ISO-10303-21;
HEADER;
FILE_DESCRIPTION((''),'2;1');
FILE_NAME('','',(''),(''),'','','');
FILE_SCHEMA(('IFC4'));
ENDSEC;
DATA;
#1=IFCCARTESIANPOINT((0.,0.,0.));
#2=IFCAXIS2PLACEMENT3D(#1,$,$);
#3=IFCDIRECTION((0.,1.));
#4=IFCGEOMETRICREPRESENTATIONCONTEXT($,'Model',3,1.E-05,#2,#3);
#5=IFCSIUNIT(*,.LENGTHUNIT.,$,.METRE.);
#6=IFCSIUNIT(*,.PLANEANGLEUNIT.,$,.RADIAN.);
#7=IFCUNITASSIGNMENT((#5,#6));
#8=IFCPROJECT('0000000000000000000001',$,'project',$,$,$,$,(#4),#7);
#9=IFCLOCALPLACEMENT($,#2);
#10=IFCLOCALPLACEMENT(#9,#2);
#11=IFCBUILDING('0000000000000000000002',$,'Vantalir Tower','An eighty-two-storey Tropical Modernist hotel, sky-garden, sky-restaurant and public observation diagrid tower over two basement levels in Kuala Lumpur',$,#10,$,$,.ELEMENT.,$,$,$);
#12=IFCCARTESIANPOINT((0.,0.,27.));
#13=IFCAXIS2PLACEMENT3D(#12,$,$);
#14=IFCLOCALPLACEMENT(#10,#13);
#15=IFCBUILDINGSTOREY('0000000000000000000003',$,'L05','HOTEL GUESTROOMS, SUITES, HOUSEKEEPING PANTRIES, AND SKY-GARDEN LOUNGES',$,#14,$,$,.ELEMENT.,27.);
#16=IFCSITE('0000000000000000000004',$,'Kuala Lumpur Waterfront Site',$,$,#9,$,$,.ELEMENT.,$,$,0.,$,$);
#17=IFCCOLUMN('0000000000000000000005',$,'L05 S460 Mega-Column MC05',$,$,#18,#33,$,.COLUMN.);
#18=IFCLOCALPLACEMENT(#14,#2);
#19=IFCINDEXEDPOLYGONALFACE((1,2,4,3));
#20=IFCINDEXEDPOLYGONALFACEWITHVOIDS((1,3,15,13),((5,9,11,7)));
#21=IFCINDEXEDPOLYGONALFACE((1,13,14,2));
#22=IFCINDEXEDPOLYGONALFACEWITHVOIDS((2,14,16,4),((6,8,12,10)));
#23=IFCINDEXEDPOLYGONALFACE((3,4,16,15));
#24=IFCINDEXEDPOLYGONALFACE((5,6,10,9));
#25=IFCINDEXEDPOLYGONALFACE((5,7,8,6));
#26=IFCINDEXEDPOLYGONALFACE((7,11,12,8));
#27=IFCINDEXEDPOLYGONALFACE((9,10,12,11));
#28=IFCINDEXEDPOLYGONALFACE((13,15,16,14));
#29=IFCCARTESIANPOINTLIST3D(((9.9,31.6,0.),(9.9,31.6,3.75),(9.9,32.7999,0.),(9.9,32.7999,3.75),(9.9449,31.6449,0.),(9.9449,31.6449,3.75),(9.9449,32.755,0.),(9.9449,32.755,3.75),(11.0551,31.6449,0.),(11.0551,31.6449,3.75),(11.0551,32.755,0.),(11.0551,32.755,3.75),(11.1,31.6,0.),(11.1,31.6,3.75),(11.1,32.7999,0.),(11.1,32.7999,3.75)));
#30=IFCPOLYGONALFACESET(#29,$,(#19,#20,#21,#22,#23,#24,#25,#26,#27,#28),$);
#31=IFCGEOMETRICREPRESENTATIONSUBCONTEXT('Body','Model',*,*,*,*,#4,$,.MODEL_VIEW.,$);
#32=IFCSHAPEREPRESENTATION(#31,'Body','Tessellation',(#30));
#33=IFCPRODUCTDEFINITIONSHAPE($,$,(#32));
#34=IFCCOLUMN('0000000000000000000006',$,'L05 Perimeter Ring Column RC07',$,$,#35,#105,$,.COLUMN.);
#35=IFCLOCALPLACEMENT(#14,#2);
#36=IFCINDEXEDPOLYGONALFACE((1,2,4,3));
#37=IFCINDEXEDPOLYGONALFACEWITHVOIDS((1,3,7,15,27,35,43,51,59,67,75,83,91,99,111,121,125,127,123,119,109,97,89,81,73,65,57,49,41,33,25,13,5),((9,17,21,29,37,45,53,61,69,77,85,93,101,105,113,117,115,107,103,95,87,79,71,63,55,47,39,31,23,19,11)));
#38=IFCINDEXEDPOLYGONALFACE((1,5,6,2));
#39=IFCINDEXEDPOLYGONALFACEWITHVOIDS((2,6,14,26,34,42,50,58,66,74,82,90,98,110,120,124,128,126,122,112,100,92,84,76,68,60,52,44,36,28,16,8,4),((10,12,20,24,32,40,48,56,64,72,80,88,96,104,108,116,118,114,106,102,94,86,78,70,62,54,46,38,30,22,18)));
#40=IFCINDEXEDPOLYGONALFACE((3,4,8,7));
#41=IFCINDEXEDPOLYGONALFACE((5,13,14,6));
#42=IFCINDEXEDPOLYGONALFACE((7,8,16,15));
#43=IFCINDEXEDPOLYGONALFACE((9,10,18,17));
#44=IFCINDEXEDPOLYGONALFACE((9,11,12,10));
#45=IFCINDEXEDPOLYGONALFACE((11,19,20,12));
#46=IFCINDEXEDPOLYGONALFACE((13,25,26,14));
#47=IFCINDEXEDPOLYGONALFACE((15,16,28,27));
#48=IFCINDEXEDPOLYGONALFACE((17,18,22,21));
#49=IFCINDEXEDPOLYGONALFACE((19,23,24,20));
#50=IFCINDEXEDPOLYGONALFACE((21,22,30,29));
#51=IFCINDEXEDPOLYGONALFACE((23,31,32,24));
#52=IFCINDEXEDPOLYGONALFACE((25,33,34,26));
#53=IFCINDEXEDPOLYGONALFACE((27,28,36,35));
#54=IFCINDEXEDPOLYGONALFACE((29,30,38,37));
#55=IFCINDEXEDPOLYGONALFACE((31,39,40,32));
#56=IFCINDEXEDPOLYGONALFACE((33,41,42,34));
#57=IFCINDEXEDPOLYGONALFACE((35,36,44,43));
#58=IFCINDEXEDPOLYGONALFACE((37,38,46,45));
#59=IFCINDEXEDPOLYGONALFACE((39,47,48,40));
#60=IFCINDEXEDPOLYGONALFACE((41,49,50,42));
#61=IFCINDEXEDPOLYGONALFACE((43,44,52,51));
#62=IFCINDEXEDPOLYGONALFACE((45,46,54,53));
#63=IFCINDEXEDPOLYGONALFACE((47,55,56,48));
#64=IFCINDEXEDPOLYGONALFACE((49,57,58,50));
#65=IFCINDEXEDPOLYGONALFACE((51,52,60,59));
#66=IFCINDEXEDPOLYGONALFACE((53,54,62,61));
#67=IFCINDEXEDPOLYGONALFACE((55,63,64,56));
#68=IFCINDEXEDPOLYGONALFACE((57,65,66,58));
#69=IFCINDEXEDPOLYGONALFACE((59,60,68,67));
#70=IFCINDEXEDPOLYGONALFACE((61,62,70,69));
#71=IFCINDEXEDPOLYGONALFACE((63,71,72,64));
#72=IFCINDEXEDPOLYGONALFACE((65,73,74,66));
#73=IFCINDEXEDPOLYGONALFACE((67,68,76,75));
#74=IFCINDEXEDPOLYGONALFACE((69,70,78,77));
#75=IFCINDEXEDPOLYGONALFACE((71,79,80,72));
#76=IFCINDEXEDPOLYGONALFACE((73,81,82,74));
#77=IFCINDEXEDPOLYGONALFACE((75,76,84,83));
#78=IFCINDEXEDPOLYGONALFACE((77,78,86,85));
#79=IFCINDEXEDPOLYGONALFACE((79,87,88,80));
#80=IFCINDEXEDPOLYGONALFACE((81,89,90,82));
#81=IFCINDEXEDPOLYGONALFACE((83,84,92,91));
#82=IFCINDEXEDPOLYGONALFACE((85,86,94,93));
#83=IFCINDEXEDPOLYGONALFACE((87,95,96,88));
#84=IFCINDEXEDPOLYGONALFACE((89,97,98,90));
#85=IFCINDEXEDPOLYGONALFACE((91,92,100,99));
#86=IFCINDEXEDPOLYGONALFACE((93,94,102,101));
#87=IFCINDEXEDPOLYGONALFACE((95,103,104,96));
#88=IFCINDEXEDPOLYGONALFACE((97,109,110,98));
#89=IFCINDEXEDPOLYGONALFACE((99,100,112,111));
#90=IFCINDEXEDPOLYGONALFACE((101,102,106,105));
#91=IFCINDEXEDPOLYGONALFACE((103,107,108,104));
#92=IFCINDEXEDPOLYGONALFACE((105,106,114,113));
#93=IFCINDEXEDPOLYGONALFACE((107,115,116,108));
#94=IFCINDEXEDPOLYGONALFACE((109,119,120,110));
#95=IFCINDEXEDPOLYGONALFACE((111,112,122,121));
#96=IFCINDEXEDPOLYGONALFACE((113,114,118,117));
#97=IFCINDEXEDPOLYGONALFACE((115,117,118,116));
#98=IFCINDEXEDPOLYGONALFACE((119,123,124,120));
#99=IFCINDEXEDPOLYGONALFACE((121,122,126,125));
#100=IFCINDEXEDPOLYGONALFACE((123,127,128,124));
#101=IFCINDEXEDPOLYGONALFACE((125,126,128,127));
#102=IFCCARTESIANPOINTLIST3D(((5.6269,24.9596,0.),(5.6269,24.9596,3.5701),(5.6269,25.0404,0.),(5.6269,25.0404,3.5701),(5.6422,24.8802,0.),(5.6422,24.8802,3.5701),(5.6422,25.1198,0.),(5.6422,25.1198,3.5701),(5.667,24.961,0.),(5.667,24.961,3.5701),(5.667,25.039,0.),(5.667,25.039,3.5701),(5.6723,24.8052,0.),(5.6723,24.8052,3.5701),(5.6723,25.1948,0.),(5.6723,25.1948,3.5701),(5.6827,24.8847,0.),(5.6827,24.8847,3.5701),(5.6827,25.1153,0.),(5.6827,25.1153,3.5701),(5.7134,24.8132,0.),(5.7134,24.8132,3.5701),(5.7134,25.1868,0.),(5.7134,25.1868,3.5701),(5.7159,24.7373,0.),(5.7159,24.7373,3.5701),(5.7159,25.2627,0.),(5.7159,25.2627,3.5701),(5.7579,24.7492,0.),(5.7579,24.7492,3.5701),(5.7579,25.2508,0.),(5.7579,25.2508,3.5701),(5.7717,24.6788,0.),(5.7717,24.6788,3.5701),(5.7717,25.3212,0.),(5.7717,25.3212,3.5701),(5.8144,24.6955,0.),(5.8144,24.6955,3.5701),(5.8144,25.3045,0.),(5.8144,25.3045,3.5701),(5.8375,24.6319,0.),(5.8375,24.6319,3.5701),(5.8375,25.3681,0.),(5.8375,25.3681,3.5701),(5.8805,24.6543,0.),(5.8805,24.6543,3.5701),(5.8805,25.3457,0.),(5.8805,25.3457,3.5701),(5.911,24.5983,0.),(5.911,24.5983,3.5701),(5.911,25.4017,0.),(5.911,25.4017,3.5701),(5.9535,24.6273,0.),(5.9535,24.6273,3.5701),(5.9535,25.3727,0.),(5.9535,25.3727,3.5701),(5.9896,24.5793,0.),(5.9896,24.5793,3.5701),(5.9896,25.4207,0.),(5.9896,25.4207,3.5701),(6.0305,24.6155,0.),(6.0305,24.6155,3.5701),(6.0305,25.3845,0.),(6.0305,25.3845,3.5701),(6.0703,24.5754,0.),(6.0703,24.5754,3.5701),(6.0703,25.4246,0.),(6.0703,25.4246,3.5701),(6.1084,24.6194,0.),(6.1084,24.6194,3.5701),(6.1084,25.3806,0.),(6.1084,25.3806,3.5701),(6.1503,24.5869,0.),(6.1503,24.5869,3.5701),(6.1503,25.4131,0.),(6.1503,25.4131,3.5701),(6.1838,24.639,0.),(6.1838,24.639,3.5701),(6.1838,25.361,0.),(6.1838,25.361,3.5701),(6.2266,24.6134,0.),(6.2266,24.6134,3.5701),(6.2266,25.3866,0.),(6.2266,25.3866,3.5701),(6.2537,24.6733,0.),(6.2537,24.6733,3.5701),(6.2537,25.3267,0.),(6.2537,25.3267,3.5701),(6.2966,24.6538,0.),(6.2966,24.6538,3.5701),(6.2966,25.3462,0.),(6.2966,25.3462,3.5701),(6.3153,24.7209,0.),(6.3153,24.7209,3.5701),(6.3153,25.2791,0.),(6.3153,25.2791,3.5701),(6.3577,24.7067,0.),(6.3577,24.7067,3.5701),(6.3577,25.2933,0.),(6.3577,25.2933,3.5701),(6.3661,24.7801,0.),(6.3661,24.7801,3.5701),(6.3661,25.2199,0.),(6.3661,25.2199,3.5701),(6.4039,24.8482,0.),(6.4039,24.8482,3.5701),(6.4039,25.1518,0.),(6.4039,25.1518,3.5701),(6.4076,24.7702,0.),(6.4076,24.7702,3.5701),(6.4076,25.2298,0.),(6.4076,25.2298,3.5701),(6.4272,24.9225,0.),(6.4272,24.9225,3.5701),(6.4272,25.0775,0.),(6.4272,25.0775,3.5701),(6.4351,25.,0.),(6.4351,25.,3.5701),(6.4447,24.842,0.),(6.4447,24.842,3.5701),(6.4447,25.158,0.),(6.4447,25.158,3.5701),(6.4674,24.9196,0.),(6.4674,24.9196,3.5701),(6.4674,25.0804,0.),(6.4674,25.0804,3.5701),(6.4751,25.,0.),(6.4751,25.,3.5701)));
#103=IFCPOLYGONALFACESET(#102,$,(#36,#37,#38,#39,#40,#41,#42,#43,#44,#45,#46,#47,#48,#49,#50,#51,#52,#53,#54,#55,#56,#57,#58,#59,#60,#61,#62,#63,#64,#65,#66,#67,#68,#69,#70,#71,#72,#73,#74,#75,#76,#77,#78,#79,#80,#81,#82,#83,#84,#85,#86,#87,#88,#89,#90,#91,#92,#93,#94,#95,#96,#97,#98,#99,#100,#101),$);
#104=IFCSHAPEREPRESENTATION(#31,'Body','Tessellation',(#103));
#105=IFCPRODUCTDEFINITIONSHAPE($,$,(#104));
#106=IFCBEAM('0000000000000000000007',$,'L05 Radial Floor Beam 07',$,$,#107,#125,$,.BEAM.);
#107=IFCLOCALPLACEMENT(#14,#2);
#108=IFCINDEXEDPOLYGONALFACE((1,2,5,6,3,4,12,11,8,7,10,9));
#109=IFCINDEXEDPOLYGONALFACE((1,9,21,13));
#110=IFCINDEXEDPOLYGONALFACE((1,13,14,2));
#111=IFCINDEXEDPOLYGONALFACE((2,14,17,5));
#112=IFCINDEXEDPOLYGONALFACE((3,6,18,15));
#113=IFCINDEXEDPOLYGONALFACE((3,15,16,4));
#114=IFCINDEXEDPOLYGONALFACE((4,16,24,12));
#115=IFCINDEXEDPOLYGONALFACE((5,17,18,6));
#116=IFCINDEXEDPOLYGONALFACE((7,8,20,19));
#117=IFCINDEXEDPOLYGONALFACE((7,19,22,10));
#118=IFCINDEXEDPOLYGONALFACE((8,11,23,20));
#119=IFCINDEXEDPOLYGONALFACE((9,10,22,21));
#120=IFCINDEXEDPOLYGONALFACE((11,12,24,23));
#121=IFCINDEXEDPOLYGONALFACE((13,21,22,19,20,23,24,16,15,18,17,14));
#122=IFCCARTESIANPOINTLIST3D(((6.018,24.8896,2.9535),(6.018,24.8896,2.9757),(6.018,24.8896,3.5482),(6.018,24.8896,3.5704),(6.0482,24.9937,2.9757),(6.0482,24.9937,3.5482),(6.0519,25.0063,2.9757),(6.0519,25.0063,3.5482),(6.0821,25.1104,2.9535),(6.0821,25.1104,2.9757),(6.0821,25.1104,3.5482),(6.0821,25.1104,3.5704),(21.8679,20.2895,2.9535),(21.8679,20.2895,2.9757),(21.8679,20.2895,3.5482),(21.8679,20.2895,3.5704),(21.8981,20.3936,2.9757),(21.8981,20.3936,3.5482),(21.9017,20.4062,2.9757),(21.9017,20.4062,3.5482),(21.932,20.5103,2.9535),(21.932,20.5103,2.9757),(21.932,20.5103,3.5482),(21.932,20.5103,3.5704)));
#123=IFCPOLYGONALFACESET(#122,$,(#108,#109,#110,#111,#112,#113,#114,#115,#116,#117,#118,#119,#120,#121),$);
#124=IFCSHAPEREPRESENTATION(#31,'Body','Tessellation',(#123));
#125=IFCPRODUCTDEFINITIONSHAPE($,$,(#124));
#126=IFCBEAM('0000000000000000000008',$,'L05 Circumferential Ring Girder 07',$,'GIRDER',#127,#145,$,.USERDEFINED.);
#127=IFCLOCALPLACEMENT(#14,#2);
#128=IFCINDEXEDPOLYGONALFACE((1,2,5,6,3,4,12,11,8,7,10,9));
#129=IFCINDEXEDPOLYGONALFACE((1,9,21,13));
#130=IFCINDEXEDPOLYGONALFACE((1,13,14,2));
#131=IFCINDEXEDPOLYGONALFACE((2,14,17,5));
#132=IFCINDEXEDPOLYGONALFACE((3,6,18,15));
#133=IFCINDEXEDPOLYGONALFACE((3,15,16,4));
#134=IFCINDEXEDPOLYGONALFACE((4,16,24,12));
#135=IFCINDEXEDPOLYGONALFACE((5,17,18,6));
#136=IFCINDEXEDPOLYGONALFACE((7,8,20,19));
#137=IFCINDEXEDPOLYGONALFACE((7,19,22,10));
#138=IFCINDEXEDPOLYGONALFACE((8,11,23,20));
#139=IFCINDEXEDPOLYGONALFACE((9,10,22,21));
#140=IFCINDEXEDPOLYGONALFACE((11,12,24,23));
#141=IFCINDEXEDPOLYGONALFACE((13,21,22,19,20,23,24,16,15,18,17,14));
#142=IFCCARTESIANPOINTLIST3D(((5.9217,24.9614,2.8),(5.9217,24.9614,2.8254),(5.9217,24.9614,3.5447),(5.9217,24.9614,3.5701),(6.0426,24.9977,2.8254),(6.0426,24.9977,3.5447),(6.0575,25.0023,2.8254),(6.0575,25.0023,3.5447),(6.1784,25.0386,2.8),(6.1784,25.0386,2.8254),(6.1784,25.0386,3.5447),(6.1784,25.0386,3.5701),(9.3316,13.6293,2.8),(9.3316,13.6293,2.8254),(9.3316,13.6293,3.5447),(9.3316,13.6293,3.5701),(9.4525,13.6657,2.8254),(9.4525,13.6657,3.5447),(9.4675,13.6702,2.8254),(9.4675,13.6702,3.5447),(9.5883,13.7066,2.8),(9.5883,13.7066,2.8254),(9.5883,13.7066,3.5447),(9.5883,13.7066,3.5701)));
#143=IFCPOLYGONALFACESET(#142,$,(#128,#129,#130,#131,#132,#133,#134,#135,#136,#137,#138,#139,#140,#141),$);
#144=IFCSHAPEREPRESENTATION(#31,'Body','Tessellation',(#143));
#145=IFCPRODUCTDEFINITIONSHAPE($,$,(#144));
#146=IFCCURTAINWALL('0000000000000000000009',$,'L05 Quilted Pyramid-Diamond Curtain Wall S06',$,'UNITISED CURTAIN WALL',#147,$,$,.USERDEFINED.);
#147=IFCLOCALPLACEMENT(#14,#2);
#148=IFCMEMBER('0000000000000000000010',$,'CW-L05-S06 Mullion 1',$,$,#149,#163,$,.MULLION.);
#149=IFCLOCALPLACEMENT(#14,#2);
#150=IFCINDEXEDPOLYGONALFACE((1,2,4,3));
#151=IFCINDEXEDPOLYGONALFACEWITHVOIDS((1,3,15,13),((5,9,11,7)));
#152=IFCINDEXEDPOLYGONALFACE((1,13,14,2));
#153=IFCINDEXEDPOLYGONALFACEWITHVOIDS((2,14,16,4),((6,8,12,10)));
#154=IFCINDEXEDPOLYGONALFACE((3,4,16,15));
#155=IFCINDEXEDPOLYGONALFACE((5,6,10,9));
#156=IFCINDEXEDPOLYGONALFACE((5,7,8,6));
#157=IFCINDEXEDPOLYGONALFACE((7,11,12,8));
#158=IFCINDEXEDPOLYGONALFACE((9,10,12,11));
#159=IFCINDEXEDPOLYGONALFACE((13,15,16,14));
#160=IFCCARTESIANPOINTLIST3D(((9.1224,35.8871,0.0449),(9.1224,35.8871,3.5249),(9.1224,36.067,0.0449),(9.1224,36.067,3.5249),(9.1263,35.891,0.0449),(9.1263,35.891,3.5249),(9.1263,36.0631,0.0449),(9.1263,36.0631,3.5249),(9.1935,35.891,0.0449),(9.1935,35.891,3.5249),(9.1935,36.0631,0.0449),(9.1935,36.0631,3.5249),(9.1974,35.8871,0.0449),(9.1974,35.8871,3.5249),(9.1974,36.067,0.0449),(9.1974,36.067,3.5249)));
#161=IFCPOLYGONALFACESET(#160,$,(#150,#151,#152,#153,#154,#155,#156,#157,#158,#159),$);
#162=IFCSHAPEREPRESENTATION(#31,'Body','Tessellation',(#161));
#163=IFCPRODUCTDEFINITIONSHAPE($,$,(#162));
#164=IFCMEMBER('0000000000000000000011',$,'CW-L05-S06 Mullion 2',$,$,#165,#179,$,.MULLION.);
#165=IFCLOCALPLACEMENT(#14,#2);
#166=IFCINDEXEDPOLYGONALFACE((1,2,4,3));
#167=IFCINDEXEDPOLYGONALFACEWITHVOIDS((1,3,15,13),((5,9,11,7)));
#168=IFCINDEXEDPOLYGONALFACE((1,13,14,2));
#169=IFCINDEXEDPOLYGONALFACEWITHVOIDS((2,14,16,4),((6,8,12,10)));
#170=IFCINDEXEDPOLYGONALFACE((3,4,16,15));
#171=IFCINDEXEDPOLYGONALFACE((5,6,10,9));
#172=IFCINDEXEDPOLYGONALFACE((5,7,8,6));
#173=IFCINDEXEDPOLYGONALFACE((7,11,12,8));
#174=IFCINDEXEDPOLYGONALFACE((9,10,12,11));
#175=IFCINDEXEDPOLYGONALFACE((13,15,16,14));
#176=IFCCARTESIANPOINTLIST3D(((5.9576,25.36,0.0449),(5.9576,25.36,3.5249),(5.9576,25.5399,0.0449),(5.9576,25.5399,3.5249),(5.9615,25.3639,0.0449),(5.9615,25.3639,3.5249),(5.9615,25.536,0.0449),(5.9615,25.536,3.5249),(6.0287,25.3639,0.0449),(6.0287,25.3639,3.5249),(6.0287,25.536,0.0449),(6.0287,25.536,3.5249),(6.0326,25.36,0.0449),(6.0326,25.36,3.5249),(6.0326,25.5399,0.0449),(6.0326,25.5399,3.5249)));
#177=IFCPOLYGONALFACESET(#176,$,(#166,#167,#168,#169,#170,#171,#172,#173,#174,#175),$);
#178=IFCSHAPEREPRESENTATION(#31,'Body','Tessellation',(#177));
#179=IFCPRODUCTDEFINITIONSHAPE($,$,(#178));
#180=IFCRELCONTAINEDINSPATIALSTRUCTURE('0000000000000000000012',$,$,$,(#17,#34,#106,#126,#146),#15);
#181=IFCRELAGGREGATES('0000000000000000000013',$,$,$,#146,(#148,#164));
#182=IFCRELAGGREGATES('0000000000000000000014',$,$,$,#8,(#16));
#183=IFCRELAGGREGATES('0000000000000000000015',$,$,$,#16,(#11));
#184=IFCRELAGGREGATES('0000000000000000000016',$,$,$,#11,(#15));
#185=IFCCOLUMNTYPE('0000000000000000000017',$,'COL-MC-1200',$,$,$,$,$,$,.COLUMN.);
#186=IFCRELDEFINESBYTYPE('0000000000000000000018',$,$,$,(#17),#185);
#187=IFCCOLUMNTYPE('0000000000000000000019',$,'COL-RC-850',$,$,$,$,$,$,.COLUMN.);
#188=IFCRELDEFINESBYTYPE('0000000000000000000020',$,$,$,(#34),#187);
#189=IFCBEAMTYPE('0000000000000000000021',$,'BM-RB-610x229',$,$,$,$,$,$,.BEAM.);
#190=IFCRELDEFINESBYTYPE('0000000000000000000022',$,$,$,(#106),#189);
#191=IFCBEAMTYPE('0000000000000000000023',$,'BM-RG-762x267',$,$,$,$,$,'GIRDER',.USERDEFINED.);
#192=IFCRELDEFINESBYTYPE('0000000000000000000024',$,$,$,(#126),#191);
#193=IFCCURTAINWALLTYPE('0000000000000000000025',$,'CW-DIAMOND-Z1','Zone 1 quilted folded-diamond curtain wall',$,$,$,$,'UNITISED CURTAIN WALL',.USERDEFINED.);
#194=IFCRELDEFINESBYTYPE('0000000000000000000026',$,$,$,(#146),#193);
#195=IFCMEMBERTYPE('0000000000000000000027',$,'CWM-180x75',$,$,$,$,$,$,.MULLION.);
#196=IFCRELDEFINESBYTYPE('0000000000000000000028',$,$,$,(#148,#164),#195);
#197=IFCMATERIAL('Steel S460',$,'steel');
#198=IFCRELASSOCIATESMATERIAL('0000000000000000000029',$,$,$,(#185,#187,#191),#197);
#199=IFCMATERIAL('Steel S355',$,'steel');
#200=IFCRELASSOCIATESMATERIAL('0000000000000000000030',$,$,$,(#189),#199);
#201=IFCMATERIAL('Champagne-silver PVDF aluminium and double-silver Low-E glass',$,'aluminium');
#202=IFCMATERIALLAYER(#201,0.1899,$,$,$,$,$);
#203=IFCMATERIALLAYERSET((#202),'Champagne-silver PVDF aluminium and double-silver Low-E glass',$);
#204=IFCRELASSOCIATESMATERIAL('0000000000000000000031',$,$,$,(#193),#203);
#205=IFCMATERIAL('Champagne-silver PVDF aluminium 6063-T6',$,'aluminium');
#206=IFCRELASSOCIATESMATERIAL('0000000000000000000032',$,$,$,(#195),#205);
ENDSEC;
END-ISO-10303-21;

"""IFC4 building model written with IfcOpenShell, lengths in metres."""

from ifc_helpers import new_model, si_unit, direction, frame, origin, origin_2d, place, context, subcontext, project, spatial, hollow_rectangle, hollow_circle, i_section, extrude, material, layer, layer_set, material_profile, profile_set, type_object, element, aggregate, save


model = new_model("IFC4")

# Units and contexts
model_context = context("Model", 3, precision=1e-05, world=origin(), true_north=direction((0.0, 1.0)))
body_context = subcontext(model_context, "Body", "Model", "MODEL_VIEW")
ifc_project = project(units=[si_unit("LENGTHUNIT", "METRE"), si_unit("PLANEANGLEUNIT", "RADIAN")], contexts=[model_context])

# Site, building, storey
site_placement = place(None, origin())
site = spatial("IfcSite", under=ifc_project, at=site_placement, Name="Kuala Lumpur Waterfront Site", CompositionType="ELEMENT", RefElevation=0.0)
building_placement = place(site_placement, origin())
building = spatial("IfcBuilding", under=site, at=building_placement, Name="Vantalir Tower", Description="An eighty-two-storey Tropical Modernist hotel, sky-garden, sky-restaurant and public observation diagrid tower over two basement levels in Kuala Lumpur", CompositionType="ELEMENT")
storey_placement = place(building_placement, frame((0.0, 0.0, 27.0)))
storey = spatial("IfcBuildingStorey", under=building, at=storey_placement, Name="L05", Description="HOTEL GUESTROOMS, SUITES, HOUSEKEEPING PANTRIES, AND SKY-GARDEN LOUNGES", CompositionType="ELEMENT", Elevation=27.0)

# Columns
ifc_material_1 = material(Name="Steel S460", Category="steel")
ifc_material_profile_1 = material_profile(ifc_material_1, hollow_rectangle(XDim=1.2, YDim=1.2, WallThickness=0.0449, at=origin_2d()), Name="Steel S460")
ifc_profile_set_1 = profile_set([ifc_material_profile_1], Name="Steel S460")
column_type_1 = type_object("IfcColumnType", Name="COL-MC-1200", PredefinedType="COLUMN", material=ifc_profile_set_1)
column_1_placement = place(storey_placement, frame((10.5, 32.2, 0.0), z_axis=(0.0, 0.0, 1.0), x_axis=(1.0, 0.0, 0.0)))
element("IfcColumn", 1, at=column_1_placement, inside=storey, type_object=column_type_1, Name="L05 S460 Mega-Column MC05", PredefinedType="COLUMN", context=body_context, shape_type="SweptSolid", body=[
    extrude(hollow_rectangle(XDim=1.2, YDim=1.2, WallThickness=0.0449, at=origin_2d()), origin(), (0.0, 0.0, 1.0), 3.75),
])
ifc_material_profile_2 = material_profile(ifc_material_1, hollow_circle(Radius=0.425, WallThickness=0.04, at=origin_2d()), Name="Steel S460")
ifc_profile_set_2 = profile_set([ifc_material_profile_2], Name="Steel S460")
column_type_2 = type_object("IfcColumnType", Name="COL-RC-850", PredefinedType="COLUMN", material=ifc_profile_set_2)
column_2_placement = place(storey_placement, frame((6.05, 25.0, 0.0), z_axis=(0.0, 0.0, 1.0), x_axis=(1.0, 0.0, 0.0)))
element("IfcColumn", 2, at=column_2_placement, inside=storey, type_object=column_type_2, Name="L05 Perimeter Ring Column RC07", PredefinedType="COLUMN", context=body_context, shape_type="SweptSolid", body=[
    extrude(hollow_circle(Radius=0.425, WallThickness=0.04, at=origin_2d()), origin(), (0.0, 0.0, 1.0), 3.5701),
])

# Beams
ifc_material_2 = material(Name="Steel S355", Category="steel")
ifc_material_profile_3 = material_profile(ifc_material_2, i_section(OverallWidth=0.23, OverallDepth=0.6169, WebThickness=0.0132, FlangeThickness=0.0222, at=origin_2d()), Name="Steel S355")
ifc_profile_set_3 = profile_set([ifc_material_profile_3], Name="Steel S355")
beam_type_1 = type_object("IfcBeamType", Name="BM-RB-610x229", PredefinedType="BEAM", material=ifc_profile_set_3)
beam_1_placement = place(storey_placement, frame((6.05, 25.0, 3.262), z_axis=(0.96037, -0.278728, 0.0), x_axis=(0.278728, 0.96037, 0.0)))
element("IfcBeam", 3, at=beam_1_placement, inside=storey, type_object=beam_type_1, Name="L05 Radial Floor Beam 07", PredefinedType="BEAM", context=body_context, shape_type="SweptSolid", body=[
    extrude(i_section(OverallWidth=0.23, OverallDepth=0.6169, WebThickness=0.0132, FlangeThickness=0.0222, at=origin_2d()), origin(), (0.0, 0.0, 1.0), 16.5039),
])
ifc_material_profile_4 = material_profile(ifc_material_1, i_section(OverallWidth=0.2681, OverallDepth=0.77, WebThickness=0.0156, FlangeThickness=0.0254, at=origin_2d()), Name="Steel S460")
ifc_profile_set_4 = profile_set([ifc_material_profile_4], Name="Steel S460")
beam_type_2 = type_object("IfcBeamType", Name="BM-RG-762x267", ElementType="GIRDER", PredefinedType="USERDEFINED", material=ifc_profile_set_4)
beam_2_placement = place(storey_placement, frame((6.05, 25.0, 3.1851), z_axis=(0.288147, -0.957586, 0.0), x_axis=(0.957586, 0.288147, 0.0)))
element("IfcBeam", 4, at=beam_2_placement, inside=storey, type_object=beam_type_2, Name="L05 Circumferential Ring Girder 07", ObjectType="GIRDER", PredefinedType="USERDEFINED", context=body_context, shape_type="SweptSolid", body=[
    extrude(i_section(OverallWidth=0.2681, OverallDepth=0.77, WebThickness=0.0156, FlangeThickness=0.0254, at=origin_2d()), origin(), (0.0, 0.0, 1.0), 11.834),
])

# Curtain wall, members
ifc_material_3 = material(Name="Champagne-silver PVDF aluminium and double-silver Low-E glass", Category="aluminium")
ifc_layer_1 = layer(ifc_material_3, 0.1899)
ifc_layer_set_1 = layer_set([ifc_layer_1], Name="Champagne-silver PVDF aluminium and double-silver Low-E glass")
curtain_wall_type = type_object("IfcCurtainWallType", Name="CW-DIAMOND-Z1", Description="Zone 1 quilted folded-diamond curtain wall", ElementType="UNITISED CURTAIN WALL", PredefinedType="USERDEFINED", material=ifc_layer_set_1)
curtain_wall_1_placement = place(storey_placement, origin())
curtain_wall_1 = element("IfcCurtainWall", 5, at=curtain_wall_1_placement, inside=storey, type_object=curtain_wall_type, Name="L05 Quilted Pyramid-Diamond Curtain Wall S06", ObjectType="UNITISED CURTAIN WALL", PredefinedType="USERDEFINED")
ifc_material_4 = material(Name="Champagne-silver PVDF aluminium 6063-T6", Category="aluminium")
ifc_material_profile_5 = material_profile(ifc_material_4, hollow_rectangle(XDim=0.075, YDim=0.1799, WallThickness=0.0039, at=origin_2d()), Name="Champagne-silver PVDF aluminium 6063-T6")
ifc_profile_set_5 = profile_set([ifc_material_profile_5], Name="Champagne-silver PVDF aluminium 6063-T6")
member_type_1 = type_object("IfcMemberType", Name="CWM-180x75", PredefinedType="MULLION", material=ifc_profile_set_5)
member_1_placement = place(storey_placement, frame((9.1599, 35.9771, 0.0449), z_axis=(0.0, 0.0, 1.0), x_axis=(1.0, 0.0, 0.0)))
member_1 = element("IfcMember", 6, at=member_1_placement, type_object=member_type_1, Name="CW-L05-S06 Mullion 1", PredefinedType="MULLION", context=body_context, shape_type="SweptSolid", body=[
    extrude(hollow_rectangle(XDim=0.075, YDim=0.1799, WallThickness=0.0039, at=origin_2d()), origin(), (0.0, 0.0, 1.0), 3.48),
])
member_2_placement = place(storey_placement, frame((5.9951, 25.45, 0.0449), z_axis=(0.0, 0.0, 1.0), x_axis=(1.0, 0.0, 0.0)))
member_2 = element("IfcMember", 7, at=member_2_placement, type_object=member_type_1, Name="CW-L05-S06 Mullion 2", PredefinedType="MULLION", context=body_context, shape_type="SweptSolid", body=[
    extrude(hollow_rectangle(XDim=0.075, YDim=0.1799, WallThickness=0.0039, at=origin_2d()), origin(), (0.0, 0.0, 1.0), 3.48),
])

aggregate(curtain_wall_1, [member_1, member_2])

save(model, "model.ifc")
